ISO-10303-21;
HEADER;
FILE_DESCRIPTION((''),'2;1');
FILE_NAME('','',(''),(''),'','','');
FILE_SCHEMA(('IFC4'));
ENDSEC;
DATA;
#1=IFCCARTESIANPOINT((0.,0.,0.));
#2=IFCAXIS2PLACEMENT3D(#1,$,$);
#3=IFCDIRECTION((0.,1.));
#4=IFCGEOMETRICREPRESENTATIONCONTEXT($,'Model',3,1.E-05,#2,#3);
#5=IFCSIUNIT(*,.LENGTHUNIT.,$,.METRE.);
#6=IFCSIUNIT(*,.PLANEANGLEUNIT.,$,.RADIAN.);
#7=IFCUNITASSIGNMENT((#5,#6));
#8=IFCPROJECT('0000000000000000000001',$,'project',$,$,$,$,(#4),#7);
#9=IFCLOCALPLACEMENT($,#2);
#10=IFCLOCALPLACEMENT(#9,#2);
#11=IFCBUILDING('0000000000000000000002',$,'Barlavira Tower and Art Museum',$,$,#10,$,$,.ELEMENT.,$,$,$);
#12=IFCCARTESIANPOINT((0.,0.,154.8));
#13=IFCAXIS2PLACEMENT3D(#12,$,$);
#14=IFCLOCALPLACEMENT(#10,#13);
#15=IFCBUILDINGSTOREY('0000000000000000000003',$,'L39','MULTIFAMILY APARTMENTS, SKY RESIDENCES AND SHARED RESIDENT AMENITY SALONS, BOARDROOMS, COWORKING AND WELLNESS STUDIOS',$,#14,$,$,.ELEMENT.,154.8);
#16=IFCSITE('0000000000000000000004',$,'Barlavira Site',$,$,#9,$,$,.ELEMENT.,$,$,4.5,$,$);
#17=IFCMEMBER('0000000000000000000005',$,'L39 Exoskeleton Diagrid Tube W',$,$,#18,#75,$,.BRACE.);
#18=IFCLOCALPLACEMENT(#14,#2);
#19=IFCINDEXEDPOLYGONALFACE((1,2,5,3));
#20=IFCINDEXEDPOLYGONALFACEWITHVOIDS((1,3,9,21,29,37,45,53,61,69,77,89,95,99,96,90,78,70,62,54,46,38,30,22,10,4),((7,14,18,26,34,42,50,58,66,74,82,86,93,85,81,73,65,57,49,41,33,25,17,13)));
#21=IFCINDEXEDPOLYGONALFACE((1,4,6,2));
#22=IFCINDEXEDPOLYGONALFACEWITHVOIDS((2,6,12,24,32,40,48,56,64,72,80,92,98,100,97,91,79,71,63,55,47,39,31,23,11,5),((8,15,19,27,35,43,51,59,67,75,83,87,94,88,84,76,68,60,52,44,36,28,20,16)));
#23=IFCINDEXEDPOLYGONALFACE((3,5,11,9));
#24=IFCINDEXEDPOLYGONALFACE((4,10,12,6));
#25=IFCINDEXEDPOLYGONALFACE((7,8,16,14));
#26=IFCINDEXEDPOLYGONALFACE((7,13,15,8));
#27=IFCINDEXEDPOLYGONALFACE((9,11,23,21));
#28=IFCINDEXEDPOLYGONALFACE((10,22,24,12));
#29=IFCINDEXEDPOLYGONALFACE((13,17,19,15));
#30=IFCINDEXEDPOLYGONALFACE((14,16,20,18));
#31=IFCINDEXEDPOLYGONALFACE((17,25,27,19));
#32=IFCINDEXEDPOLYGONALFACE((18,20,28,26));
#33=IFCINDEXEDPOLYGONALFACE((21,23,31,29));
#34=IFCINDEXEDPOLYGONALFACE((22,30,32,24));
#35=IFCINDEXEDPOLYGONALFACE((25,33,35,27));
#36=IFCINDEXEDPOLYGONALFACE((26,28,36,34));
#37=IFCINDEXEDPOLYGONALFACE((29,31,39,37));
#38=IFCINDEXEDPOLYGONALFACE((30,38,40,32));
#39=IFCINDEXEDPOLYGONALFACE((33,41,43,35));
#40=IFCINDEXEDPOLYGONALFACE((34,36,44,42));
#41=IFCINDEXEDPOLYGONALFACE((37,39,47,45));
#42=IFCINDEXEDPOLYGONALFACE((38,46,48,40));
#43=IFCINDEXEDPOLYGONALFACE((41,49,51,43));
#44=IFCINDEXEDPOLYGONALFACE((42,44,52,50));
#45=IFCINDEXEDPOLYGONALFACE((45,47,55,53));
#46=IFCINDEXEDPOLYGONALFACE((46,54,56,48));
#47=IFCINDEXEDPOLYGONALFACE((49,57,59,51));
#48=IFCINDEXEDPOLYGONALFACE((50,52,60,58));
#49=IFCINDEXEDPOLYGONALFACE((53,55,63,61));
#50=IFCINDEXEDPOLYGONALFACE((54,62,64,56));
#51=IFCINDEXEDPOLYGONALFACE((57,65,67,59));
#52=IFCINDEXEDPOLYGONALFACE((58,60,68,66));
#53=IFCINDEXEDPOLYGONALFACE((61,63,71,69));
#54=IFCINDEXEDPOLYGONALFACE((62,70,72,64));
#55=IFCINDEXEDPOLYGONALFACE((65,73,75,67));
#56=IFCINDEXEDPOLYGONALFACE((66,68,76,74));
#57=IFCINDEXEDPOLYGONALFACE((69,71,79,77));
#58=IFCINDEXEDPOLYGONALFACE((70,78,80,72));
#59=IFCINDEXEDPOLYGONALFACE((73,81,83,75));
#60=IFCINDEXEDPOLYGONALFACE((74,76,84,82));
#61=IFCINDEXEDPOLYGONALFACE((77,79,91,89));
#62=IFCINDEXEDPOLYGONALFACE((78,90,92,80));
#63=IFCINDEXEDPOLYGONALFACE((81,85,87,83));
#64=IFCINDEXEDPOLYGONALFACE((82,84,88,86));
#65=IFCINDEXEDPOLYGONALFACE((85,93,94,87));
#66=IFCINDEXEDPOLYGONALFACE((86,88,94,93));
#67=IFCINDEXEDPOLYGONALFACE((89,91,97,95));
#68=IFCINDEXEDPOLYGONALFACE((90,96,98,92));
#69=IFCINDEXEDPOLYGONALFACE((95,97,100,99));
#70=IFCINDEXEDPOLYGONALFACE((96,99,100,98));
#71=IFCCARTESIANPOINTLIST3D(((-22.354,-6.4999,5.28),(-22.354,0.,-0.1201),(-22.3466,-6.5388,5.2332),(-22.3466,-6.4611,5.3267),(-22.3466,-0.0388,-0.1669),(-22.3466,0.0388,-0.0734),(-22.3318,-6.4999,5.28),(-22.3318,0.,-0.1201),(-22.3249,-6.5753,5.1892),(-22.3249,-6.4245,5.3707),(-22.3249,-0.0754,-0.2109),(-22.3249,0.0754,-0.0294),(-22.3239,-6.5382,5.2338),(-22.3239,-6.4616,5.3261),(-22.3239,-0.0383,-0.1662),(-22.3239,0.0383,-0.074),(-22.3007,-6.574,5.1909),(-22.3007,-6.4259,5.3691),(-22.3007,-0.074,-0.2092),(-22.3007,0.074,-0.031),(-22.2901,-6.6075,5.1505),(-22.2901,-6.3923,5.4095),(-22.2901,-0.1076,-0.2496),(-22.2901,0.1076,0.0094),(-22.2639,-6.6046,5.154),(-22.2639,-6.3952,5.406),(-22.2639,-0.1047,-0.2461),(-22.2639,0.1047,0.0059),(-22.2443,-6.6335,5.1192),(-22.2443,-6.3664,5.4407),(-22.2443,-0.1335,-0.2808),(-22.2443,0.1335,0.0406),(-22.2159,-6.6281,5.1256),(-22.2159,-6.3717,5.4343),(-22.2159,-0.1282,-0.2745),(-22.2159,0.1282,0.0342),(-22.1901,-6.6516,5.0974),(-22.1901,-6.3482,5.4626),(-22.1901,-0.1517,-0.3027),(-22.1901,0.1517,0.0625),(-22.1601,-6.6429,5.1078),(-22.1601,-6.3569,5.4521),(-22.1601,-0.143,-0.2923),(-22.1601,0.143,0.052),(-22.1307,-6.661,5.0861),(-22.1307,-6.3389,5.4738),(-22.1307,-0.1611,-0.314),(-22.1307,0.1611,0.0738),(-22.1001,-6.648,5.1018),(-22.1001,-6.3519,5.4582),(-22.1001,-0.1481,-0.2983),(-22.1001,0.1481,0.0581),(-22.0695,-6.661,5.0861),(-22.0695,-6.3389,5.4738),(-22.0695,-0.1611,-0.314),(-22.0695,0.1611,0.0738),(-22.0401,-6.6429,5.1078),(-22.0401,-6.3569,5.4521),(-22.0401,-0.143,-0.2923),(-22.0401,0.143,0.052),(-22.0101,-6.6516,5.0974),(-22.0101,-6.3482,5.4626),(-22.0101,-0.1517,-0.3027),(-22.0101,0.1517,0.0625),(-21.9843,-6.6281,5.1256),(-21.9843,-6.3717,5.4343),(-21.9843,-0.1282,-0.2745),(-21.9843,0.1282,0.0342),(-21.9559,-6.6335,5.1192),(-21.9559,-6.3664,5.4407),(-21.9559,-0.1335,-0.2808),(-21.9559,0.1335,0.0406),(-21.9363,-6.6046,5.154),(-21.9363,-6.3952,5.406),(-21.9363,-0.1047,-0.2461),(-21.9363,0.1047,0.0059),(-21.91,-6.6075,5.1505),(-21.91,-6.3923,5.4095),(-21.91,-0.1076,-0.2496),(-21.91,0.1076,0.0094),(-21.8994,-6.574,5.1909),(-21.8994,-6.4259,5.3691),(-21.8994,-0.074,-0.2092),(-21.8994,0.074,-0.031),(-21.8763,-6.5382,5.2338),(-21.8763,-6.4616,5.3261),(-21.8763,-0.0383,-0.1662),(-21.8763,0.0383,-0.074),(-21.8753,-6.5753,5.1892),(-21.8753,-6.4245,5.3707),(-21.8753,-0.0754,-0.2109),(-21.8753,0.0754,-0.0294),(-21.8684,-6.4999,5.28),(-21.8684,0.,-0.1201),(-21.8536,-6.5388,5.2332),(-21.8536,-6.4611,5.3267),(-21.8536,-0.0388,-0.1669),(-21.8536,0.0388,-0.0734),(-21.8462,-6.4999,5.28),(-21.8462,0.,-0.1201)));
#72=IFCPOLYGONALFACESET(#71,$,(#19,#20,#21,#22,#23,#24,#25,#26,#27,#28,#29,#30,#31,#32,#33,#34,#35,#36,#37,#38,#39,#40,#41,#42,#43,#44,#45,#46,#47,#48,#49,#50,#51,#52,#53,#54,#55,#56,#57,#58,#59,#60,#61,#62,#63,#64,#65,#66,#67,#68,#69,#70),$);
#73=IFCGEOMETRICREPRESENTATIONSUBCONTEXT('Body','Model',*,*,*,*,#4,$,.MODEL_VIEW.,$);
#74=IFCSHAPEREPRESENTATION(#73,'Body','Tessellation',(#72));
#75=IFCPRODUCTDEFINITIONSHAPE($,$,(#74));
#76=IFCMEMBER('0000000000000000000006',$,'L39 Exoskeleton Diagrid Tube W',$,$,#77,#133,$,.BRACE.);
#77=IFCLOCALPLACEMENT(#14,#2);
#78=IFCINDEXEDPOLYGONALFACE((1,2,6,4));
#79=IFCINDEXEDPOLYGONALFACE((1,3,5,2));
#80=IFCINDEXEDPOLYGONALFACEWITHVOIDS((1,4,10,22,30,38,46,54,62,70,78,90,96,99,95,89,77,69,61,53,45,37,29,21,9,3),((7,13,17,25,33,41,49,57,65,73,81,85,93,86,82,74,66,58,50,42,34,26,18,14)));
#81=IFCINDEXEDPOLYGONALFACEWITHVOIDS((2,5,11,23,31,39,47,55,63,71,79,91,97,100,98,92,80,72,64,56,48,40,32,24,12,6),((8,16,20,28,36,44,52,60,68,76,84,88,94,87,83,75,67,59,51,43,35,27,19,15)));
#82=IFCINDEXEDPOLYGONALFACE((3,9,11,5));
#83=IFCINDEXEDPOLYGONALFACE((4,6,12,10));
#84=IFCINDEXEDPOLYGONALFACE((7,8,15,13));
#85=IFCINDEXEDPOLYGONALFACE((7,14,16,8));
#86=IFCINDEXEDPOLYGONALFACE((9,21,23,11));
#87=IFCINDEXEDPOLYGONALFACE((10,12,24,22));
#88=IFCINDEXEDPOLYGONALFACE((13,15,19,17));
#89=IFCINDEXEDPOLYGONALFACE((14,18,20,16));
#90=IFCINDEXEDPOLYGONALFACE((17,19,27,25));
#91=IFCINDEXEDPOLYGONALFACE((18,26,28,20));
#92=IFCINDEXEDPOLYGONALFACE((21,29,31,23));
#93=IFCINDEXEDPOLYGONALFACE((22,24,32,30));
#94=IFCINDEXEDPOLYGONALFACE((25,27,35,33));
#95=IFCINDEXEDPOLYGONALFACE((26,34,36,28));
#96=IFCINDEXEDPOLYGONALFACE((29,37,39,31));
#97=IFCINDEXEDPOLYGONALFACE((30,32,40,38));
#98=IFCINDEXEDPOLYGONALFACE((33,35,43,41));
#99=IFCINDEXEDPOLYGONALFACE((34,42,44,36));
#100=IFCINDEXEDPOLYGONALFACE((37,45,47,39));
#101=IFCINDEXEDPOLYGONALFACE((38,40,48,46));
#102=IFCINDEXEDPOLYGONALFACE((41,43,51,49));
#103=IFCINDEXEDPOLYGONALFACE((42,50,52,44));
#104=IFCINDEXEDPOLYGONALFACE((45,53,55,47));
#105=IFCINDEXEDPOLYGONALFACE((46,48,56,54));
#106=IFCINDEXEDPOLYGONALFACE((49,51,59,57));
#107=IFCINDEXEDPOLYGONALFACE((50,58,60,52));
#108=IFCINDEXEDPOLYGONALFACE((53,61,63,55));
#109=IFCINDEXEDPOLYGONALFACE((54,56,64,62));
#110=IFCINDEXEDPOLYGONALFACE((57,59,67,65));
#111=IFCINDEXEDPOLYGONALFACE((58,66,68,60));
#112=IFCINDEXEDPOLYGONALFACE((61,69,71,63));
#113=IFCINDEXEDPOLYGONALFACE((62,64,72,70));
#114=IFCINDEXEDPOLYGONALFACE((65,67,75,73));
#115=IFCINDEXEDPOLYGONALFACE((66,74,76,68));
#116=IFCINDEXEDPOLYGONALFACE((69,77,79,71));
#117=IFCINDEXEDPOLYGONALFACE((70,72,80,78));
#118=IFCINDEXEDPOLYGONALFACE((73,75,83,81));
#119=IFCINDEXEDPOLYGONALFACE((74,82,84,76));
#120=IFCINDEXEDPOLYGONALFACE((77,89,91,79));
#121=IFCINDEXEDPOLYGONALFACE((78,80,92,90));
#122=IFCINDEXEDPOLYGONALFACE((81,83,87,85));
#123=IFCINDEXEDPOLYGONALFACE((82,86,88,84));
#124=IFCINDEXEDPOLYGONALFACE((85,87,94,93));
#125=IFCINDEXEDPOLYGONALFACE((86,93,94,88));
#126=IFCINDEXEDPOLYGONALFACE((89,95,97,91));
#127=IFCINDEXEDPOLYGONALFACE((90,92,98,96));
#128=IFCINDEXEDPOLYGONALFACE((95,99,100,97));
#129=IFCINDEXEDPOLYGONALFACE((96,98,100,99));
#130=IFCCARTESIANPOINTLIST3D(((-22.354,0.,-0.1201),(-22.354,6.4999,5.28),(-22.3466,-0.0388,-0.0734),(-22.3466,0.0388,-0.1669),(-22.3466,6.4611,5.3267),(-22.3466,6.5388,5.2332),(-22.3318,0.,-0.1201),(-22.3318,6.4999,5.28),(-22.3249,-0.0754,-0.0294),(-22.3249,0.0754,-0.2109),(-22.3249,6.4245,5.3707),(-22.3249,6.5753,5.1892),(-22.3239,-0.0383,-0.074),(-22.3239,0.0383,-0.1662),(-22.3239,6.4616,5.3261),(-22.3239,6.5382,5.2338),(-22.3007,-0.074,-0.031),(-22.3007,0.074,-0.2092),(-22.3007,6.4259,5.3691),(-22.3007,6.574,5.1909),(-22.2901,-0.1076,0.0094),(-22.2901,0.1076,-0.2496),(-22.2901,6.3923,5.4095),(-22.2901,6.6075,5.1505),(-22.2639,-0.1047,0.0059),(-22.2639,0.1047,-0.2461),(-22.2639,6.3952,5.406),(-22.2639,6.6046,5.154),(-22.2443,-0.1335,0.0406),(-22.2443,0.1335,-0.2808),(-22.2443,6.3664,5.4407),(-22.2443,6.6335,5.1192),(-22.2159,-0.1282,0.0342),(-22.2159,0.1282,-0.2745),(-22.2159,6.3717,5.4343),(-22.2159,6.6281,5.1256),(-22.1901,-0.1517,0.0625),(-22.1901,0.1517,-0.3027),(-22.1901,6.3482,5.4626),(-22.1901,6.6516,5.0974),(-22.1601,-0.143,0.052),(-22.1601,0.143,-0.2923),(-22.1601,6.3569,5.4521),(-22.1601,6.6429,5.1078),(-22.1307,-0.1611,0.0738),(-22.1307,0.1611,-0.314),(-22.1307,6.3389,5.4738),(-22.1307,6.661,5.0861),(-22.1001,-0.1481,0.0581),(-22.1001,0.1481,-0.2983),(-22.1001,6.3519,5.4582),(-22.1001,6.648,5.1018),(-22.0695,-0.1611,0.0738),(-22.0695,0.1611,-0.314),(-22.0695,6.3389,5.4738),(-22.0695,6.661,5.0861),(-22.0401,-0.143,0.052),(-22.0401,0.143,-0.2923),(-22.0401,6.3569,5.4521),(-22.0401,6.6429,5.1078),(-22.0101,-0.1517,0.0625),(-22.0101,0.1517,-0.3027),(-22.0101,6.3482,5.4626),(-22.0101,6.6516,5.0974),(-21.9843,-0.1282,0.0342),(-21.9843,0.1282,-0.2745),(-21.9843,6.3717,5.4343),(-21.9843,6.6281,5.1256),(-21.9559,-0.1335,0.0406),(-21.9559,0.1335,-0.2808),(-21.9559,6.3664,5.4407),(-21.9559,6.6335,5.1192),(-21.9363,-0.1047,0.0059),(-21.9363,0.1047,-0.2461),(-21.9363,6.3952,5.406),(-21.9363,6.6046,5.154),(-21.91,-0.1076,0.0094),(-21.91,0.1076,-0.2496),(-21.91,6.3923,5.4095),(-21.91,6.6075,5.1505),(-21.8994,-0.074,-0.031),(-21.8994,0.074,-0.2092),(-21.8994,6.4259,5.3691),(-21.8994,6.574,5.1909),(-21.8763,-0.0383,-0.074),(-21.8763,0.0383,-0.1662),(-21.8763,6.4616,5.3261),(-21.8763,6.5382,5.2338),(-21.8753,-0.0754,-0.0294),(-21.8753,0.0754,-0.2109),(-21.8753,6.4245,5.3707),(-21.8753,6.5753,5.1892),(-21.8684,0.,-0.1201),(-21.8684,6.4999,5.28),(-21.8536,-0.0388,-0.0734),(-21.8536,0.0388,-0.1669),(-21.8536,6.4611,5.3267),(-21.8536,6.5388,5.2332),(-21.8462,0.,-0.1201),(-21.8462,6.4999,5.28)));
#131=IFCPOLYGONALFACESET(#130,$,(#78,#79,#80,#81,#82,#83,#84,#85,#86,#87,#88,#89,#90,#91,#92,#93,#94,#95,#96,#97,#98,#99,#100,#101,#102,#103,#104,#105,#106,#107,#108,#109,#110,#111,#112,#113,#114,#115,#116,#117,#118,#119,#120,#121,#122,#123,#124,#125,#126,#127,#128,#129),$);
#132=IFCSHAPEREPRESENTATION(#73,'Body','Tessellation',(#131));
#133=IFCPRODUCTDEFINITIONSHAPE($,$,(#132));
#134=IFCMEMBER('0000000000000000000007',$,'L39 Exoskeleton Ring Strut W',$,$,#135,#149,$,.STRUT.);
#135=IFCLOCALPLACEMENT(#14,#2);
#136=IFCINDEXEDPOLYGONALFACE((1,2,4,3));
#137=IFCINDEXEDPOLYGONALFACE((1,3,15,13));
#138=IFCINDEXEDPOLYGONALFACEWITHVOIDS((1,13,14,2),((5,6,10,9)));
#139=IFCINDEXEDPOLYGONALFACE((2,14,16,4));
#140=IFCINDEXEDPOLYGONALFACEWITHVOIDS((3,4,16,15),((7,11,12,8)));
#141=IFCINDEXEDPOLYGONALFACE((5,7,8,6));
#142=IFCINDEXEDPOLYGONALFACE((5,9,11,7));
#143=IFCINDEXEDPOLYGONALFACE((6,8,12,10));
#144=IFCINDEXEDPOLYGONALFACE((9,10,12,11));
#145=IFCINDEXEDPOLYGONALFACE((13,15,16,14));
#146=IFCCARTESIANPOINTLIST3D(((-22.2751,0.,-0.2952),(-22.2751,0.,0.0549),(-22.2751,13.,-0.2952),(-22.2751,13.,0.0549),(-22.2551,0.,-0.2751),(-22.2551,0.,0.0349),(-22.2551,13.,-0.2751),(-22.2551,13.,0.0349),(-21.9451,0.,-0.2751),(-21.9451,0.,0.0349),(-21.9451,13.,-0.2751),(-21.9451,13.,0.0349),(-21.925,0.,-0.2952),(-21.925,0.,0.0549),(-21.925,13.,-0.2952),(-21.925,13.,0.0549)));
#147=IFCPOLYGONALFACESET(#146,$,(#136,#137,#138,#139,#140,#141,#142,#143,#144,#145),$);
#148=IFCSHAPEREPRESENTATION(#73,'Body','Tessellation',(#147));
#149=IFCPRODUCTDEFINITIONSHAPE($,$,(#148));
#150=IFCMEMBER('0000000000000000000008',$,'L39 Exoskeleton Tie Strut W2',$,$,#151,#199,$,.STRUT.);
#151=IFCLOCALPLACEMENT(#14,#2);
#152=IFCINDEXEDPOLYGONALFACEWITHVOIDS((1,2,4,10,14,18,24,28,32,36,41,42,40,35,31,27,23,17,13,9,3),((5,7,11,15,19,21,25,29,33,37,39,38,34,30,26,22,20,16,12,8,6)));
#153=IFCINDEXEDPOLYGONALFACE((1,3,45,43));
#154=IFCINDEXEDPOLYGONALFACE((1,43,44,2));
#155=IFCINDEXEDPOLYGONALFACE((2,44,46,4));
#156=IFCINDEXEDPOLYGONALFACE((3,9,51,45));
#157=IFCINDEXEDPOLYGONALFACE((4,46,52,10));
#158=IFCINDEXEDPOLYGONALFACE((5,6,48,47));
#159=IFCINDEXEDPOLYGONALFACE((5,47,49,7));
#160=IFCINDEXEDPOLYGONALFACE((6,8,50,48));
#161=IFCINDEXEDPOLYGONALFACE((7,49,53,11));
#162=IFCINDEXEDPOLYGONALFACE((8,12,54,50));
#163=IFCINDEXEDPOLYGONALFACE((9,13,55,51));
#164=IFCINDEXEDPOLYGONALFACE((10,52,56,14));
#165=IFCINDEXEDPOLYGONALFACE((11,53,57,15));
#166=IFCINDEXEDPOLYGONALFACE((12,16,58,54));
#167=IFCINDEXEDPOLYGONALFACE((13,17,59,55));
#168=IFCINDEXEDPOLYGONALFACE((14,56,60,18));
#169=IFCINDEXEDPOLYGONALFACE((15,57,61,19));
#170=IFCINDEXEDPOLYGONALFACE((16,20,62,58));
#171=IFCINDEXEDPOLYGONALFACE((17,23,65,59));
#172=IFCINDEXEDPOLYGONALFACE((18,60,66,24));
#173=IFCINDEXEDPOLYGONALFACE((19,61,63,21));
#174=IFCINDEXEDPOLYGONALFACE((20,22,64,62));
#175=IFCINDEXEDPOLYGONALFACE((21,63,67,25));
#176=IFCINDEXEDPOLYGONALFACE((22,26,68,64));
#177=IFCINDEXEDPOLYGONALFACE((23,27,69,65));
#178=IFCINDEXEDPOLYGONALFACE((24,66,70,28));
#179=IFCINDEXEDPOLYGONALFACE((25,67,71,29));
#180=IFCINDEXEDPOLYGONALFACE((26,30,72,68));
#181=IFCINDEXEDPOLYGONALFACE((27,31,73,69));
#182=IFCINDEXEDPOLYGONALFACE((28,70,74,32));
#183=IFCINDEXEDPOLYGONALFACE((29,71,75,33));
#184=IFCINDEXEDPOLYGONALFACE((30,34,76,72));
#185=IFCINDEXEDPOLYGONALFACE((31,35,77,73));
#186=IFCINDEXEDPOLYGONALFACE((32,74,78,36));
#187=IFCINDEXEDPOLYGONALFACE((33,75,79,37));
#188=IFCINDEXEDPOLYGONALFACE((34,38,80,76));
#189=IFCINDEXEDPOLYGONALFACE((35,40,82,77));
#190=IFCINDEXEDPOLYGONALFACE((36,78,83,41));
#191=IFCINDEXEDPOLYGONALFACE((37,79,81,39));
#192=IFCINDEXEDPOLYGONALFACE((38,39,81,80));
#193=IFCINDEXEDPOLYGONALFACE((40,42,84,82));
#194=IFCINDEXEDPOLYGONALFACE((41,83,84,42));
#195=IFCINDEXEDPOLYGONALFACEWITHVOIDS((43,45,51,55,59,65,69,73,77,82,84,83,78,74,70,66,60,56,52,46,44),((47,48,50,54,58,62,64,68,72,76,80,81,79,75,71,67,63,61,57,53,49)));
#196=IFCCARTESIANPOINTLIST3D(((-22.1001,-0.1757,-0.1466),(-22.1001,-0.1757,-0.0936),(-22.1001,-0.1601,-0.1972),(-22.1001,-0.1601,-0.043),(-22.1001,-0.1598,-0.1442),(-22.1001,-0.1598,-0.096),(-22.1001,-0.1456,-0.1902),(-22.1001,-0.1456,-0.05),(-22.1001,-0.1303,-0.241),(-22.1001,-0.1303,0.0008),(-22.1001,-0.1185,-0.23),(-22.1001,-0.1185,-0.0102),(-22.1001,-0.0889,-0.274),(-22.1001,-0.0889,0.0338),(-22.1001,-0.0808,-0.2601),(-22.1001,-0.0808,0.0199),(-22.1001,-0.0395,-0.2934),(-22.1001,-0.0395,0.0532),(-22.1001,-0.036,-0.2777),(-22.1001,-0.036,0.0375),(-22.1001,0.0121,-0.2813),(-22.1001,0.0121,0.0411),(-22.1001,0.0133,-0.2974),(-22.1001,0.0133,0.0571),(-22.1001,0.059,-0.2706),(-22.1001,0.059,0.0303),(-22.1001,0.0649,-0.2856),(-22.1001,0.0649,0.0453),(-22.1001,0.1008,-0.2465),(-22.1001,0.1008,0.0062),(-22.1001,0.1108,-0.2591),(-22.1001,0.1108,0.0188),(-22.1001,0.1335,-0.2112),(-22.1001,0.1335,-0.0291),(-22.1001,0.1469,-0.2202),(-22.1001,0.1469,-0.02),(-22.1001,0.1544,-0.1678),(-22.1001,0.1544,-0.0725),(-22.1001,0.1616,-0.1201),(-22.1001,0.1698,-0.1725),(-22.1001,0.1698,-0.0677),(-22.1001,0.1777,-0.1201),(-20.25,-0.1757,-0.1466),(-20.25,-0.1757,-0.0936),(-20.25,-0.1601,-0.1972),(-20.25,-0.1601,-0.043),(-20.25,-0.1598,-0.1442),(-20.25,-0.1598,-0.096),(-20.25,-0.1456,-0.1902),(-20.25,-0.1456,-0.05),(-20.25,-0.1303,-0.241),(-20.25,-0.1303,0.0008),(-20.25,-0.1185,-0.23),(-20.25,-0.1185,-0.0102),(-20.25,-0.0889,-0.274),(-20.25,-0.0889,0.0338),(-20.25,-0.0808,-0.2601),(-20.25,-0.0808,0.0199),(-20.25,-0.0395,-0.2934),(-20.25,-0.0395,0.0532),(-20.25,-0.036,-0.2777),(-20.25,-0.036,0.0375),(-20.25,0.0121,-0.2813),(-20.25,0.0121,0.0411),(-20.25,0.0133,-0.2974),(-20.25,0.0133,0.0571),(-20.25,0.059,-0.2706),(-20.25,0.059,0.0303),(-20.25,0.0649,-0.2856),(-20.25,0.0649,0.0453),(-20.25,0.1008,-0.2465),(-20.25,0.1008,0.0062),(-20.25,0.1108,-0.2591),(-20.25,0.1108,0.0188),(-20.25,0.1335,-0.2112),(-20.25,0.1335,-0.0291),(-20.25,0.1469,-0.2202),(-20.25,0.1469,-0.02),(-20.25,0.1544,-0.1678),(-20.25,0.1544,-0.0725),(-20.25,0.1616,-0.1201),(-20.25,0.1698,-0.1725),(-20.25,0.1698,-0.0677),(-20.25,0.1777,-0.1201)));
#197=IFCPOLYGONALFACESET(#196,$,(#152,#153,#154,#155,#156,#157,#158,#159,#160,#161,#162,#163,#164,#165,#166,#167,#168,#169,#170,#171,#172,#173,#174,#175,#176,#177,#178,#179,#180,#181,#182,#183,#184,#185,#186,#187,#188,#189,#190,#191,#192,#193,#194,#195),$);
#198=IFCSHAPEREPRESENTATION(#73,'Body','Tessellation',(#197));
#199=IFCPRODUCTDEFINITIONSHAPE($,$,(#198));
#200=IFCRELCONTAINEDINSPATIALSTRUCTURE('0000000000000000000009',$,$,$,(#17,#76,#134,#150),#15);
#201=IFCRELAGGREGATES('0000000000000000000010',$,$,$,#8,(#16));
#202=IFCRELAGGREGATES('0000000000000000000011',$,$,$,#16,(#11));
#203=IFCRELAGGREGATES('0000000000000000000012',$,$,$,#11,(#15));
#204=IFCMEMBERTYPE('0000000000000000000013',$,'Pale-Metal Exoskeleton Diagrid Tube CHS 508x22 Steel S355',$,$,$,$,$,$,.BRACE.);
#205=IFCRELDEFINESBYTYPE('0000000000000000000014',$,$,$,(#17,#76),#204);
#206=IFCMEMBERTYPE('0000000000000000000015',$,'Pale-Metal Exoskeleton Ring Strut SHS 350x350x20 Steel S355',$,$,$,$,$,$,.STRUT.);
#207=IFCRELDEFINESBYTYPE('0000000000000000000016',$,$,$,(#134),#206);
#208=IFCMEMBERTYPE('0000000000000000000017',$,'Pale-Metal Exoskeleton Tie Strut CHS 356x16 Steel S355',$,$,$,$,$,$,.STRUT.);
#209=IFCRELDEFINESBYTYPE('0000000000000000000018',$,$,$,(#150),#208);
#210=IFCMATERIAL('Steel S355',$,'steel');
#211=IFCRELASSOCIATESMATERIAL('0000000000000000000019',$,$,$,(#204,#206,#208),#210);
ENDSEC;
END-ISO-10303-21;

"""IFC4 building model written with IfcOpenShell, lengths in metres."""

from ifc_helpers import new_model, si_unit, direction, frame, origin, origin_2d, place, context, subcontext, project, spatial, hollow_rectangle, hollow_circle, extrude, material, material_profile, profile_set, type_object, element, save


model = new_model("IFC4")

# Units and contexts
model_context = context("Model", 3, precision=1e-05, world=origin(), true_north=direction((0.0, 1.0)))
body_context = subcontext(model_context, "Body", "Model", "MODEL_VIEW")
ifc_project = project(units=[si_unit("LENGTHUNIT", "METRE"), si_unit("PLANEANGLEUNIT", "RADIAN")], contexts=[model_context])

# Site, building, storey
site_placement = place(None, origin())
site = spatial("IfcSite", under=ifc_project, at=site_placement, Name="Barlavira Site", CompositionType="ELEMENT", RefElevation=4.5)
building_placement = place(site_placement, origin())
building = spatial("IfcBuilding", under=site, at=building_placement, Name="Barlavira Tower and Art Museum", CompositionType="ELEMENT")
storey_placement = place(building_placement, frame((0.0, 0.0, 154.8)))
storey = spatial("IfcBuildingStorey", under=building, at=storey_placement, Name="L39", Description="MULTIFAMILY APARTMENTS, SKY RESIDENCES AND SHARED RESIDENT AMENITY SALONS, BOARDROOMS, COWORKING AND WELLNESS STUDIOS", CompositionType="ELEMENT", Elevation=154.8)

# Members
ifc_material_1 = material(Name="Steel S355", Category="steel")
ifc_material_profile_1 = material_profile(ifc_material_1, hollow_circle(Radius=0.2539, WallThickness=0.0222, at=origin_2d()), Name="CHS 508.0x22.2")
ifc_profile_set_1 = profile_set([ifc_material_profile_1], Name="Steel S355")
member_type_1 = type_object("IfcMemberType", Name="Pale-Metal Exoskeleton Diagrid Tube CHS 508x22 Steel S355", PredefinedType="BRACE", material=ifc_profile_set_1)
for number, where, z_axis, x_axis, name in (
    (1, (-22.1001, 0.0, -0.1201), (0.0, -0.769182, 0.63903), (1.0, 0.0, 0.0), "L39 Exoskeleton Diagrid Tube W"),
    (2, (-22.1001, 0.0, -0.1201), (0.0, 0.769182, 0.63903), (-1.0, 0.0, 0.0), "L39 Exoskeleton Diagrid Tube W"),
):
    element("IfcMember", number, at=place(storey_placement, frame(where, z_axis=z_axis, x_axis=x_axis)), inside=storey, type_object=member_type_1, Name=name, PredefinedType="BRACE", context=body_context, shape_type="SweptSolid", body=[
        extrude(hollow_circle(Radius=0.2539, WallThickness=0.0222, at=origin_2d()), origin(), (0.0, 0.0, 1.0), 8.4504),
    ])
ifc_material_profile_2 = material_profile(ifc_material_1, hollow_rectangle(XDim=0.3501, YDim=0.3501, WallThickness=0.02, at=origin_2d()), Name="SHS 350x350x20.0")
ifc_profile_set_2 = profile_set([ifc_material_profile_2], Name="Steel S355")
member_type_2 = type_object("IfcMemberType", Name="Pale-Metal Exoskeleton Ring Strut SHS 350x350x20 Steel S355", PredefinedType="STRUT", material=ifc_profile_set_2)
member_1_placement = place(storey_placement, frame((-22.1001, 0.0, -0.1201), z_axis=(0.0, 1.0, 0.0), x_axis=(-1.0, 0.0, 0.0)))
element("IfcMember", 3, at=member_1_placement, inside=storey, type_object=member_type_2, Name="L39 Exoskeleton Ring Strut W", PredefinedType="STRUT", context=body_context, shape_type="SweptSolid", body=[
    extrude(hollow_rectangle(XDim=0.3501, YDim=0.3501, WallThickness=0.02, at=origin_2d()), origin(), (0.0, 0.0, 1.0), 13.0),
])
ifc_material_profile_3 = material_profile(ifc_material_1, hollow_circle(Radius=0.1777, WallThickness=0.0161, at=origin_2d()), Name="CHS 355.6x16.0")
ifc_profile_set_3 = profile_set([ifc_material_profile_3], Name="Steel S355")
member_type_3 = type_object("IfcMemberType", Name="Pale-Metal Exoskeleton Tie Strut CHS 356x16 Steel S355", PredefinedType="STRUT", material=ifc_profile_set_3)
member_2_placement = place(storey_placement, frame((-22.1001, 0.0, -0.1201), z_axis=(1.0, 0.0, 0.0), x_axis=(0.0, 1.0, 0.0)))
element("IfcMember", 4, at=member_2_placement, inside=storey, type_object=member_type_3, Name="L39 Exoskeleton Tie Strut W2", PredefinedType="STRUT", context=body_context, shape_type="SweptSolid", body=[
    extrude(hollow_circle(Radius=0.1777, WallThickness=0.0161, at=origin_2d()), origin(), (0.0, 0.0, 1.0), 1.8501),
])

save(model, "model.ifc")
